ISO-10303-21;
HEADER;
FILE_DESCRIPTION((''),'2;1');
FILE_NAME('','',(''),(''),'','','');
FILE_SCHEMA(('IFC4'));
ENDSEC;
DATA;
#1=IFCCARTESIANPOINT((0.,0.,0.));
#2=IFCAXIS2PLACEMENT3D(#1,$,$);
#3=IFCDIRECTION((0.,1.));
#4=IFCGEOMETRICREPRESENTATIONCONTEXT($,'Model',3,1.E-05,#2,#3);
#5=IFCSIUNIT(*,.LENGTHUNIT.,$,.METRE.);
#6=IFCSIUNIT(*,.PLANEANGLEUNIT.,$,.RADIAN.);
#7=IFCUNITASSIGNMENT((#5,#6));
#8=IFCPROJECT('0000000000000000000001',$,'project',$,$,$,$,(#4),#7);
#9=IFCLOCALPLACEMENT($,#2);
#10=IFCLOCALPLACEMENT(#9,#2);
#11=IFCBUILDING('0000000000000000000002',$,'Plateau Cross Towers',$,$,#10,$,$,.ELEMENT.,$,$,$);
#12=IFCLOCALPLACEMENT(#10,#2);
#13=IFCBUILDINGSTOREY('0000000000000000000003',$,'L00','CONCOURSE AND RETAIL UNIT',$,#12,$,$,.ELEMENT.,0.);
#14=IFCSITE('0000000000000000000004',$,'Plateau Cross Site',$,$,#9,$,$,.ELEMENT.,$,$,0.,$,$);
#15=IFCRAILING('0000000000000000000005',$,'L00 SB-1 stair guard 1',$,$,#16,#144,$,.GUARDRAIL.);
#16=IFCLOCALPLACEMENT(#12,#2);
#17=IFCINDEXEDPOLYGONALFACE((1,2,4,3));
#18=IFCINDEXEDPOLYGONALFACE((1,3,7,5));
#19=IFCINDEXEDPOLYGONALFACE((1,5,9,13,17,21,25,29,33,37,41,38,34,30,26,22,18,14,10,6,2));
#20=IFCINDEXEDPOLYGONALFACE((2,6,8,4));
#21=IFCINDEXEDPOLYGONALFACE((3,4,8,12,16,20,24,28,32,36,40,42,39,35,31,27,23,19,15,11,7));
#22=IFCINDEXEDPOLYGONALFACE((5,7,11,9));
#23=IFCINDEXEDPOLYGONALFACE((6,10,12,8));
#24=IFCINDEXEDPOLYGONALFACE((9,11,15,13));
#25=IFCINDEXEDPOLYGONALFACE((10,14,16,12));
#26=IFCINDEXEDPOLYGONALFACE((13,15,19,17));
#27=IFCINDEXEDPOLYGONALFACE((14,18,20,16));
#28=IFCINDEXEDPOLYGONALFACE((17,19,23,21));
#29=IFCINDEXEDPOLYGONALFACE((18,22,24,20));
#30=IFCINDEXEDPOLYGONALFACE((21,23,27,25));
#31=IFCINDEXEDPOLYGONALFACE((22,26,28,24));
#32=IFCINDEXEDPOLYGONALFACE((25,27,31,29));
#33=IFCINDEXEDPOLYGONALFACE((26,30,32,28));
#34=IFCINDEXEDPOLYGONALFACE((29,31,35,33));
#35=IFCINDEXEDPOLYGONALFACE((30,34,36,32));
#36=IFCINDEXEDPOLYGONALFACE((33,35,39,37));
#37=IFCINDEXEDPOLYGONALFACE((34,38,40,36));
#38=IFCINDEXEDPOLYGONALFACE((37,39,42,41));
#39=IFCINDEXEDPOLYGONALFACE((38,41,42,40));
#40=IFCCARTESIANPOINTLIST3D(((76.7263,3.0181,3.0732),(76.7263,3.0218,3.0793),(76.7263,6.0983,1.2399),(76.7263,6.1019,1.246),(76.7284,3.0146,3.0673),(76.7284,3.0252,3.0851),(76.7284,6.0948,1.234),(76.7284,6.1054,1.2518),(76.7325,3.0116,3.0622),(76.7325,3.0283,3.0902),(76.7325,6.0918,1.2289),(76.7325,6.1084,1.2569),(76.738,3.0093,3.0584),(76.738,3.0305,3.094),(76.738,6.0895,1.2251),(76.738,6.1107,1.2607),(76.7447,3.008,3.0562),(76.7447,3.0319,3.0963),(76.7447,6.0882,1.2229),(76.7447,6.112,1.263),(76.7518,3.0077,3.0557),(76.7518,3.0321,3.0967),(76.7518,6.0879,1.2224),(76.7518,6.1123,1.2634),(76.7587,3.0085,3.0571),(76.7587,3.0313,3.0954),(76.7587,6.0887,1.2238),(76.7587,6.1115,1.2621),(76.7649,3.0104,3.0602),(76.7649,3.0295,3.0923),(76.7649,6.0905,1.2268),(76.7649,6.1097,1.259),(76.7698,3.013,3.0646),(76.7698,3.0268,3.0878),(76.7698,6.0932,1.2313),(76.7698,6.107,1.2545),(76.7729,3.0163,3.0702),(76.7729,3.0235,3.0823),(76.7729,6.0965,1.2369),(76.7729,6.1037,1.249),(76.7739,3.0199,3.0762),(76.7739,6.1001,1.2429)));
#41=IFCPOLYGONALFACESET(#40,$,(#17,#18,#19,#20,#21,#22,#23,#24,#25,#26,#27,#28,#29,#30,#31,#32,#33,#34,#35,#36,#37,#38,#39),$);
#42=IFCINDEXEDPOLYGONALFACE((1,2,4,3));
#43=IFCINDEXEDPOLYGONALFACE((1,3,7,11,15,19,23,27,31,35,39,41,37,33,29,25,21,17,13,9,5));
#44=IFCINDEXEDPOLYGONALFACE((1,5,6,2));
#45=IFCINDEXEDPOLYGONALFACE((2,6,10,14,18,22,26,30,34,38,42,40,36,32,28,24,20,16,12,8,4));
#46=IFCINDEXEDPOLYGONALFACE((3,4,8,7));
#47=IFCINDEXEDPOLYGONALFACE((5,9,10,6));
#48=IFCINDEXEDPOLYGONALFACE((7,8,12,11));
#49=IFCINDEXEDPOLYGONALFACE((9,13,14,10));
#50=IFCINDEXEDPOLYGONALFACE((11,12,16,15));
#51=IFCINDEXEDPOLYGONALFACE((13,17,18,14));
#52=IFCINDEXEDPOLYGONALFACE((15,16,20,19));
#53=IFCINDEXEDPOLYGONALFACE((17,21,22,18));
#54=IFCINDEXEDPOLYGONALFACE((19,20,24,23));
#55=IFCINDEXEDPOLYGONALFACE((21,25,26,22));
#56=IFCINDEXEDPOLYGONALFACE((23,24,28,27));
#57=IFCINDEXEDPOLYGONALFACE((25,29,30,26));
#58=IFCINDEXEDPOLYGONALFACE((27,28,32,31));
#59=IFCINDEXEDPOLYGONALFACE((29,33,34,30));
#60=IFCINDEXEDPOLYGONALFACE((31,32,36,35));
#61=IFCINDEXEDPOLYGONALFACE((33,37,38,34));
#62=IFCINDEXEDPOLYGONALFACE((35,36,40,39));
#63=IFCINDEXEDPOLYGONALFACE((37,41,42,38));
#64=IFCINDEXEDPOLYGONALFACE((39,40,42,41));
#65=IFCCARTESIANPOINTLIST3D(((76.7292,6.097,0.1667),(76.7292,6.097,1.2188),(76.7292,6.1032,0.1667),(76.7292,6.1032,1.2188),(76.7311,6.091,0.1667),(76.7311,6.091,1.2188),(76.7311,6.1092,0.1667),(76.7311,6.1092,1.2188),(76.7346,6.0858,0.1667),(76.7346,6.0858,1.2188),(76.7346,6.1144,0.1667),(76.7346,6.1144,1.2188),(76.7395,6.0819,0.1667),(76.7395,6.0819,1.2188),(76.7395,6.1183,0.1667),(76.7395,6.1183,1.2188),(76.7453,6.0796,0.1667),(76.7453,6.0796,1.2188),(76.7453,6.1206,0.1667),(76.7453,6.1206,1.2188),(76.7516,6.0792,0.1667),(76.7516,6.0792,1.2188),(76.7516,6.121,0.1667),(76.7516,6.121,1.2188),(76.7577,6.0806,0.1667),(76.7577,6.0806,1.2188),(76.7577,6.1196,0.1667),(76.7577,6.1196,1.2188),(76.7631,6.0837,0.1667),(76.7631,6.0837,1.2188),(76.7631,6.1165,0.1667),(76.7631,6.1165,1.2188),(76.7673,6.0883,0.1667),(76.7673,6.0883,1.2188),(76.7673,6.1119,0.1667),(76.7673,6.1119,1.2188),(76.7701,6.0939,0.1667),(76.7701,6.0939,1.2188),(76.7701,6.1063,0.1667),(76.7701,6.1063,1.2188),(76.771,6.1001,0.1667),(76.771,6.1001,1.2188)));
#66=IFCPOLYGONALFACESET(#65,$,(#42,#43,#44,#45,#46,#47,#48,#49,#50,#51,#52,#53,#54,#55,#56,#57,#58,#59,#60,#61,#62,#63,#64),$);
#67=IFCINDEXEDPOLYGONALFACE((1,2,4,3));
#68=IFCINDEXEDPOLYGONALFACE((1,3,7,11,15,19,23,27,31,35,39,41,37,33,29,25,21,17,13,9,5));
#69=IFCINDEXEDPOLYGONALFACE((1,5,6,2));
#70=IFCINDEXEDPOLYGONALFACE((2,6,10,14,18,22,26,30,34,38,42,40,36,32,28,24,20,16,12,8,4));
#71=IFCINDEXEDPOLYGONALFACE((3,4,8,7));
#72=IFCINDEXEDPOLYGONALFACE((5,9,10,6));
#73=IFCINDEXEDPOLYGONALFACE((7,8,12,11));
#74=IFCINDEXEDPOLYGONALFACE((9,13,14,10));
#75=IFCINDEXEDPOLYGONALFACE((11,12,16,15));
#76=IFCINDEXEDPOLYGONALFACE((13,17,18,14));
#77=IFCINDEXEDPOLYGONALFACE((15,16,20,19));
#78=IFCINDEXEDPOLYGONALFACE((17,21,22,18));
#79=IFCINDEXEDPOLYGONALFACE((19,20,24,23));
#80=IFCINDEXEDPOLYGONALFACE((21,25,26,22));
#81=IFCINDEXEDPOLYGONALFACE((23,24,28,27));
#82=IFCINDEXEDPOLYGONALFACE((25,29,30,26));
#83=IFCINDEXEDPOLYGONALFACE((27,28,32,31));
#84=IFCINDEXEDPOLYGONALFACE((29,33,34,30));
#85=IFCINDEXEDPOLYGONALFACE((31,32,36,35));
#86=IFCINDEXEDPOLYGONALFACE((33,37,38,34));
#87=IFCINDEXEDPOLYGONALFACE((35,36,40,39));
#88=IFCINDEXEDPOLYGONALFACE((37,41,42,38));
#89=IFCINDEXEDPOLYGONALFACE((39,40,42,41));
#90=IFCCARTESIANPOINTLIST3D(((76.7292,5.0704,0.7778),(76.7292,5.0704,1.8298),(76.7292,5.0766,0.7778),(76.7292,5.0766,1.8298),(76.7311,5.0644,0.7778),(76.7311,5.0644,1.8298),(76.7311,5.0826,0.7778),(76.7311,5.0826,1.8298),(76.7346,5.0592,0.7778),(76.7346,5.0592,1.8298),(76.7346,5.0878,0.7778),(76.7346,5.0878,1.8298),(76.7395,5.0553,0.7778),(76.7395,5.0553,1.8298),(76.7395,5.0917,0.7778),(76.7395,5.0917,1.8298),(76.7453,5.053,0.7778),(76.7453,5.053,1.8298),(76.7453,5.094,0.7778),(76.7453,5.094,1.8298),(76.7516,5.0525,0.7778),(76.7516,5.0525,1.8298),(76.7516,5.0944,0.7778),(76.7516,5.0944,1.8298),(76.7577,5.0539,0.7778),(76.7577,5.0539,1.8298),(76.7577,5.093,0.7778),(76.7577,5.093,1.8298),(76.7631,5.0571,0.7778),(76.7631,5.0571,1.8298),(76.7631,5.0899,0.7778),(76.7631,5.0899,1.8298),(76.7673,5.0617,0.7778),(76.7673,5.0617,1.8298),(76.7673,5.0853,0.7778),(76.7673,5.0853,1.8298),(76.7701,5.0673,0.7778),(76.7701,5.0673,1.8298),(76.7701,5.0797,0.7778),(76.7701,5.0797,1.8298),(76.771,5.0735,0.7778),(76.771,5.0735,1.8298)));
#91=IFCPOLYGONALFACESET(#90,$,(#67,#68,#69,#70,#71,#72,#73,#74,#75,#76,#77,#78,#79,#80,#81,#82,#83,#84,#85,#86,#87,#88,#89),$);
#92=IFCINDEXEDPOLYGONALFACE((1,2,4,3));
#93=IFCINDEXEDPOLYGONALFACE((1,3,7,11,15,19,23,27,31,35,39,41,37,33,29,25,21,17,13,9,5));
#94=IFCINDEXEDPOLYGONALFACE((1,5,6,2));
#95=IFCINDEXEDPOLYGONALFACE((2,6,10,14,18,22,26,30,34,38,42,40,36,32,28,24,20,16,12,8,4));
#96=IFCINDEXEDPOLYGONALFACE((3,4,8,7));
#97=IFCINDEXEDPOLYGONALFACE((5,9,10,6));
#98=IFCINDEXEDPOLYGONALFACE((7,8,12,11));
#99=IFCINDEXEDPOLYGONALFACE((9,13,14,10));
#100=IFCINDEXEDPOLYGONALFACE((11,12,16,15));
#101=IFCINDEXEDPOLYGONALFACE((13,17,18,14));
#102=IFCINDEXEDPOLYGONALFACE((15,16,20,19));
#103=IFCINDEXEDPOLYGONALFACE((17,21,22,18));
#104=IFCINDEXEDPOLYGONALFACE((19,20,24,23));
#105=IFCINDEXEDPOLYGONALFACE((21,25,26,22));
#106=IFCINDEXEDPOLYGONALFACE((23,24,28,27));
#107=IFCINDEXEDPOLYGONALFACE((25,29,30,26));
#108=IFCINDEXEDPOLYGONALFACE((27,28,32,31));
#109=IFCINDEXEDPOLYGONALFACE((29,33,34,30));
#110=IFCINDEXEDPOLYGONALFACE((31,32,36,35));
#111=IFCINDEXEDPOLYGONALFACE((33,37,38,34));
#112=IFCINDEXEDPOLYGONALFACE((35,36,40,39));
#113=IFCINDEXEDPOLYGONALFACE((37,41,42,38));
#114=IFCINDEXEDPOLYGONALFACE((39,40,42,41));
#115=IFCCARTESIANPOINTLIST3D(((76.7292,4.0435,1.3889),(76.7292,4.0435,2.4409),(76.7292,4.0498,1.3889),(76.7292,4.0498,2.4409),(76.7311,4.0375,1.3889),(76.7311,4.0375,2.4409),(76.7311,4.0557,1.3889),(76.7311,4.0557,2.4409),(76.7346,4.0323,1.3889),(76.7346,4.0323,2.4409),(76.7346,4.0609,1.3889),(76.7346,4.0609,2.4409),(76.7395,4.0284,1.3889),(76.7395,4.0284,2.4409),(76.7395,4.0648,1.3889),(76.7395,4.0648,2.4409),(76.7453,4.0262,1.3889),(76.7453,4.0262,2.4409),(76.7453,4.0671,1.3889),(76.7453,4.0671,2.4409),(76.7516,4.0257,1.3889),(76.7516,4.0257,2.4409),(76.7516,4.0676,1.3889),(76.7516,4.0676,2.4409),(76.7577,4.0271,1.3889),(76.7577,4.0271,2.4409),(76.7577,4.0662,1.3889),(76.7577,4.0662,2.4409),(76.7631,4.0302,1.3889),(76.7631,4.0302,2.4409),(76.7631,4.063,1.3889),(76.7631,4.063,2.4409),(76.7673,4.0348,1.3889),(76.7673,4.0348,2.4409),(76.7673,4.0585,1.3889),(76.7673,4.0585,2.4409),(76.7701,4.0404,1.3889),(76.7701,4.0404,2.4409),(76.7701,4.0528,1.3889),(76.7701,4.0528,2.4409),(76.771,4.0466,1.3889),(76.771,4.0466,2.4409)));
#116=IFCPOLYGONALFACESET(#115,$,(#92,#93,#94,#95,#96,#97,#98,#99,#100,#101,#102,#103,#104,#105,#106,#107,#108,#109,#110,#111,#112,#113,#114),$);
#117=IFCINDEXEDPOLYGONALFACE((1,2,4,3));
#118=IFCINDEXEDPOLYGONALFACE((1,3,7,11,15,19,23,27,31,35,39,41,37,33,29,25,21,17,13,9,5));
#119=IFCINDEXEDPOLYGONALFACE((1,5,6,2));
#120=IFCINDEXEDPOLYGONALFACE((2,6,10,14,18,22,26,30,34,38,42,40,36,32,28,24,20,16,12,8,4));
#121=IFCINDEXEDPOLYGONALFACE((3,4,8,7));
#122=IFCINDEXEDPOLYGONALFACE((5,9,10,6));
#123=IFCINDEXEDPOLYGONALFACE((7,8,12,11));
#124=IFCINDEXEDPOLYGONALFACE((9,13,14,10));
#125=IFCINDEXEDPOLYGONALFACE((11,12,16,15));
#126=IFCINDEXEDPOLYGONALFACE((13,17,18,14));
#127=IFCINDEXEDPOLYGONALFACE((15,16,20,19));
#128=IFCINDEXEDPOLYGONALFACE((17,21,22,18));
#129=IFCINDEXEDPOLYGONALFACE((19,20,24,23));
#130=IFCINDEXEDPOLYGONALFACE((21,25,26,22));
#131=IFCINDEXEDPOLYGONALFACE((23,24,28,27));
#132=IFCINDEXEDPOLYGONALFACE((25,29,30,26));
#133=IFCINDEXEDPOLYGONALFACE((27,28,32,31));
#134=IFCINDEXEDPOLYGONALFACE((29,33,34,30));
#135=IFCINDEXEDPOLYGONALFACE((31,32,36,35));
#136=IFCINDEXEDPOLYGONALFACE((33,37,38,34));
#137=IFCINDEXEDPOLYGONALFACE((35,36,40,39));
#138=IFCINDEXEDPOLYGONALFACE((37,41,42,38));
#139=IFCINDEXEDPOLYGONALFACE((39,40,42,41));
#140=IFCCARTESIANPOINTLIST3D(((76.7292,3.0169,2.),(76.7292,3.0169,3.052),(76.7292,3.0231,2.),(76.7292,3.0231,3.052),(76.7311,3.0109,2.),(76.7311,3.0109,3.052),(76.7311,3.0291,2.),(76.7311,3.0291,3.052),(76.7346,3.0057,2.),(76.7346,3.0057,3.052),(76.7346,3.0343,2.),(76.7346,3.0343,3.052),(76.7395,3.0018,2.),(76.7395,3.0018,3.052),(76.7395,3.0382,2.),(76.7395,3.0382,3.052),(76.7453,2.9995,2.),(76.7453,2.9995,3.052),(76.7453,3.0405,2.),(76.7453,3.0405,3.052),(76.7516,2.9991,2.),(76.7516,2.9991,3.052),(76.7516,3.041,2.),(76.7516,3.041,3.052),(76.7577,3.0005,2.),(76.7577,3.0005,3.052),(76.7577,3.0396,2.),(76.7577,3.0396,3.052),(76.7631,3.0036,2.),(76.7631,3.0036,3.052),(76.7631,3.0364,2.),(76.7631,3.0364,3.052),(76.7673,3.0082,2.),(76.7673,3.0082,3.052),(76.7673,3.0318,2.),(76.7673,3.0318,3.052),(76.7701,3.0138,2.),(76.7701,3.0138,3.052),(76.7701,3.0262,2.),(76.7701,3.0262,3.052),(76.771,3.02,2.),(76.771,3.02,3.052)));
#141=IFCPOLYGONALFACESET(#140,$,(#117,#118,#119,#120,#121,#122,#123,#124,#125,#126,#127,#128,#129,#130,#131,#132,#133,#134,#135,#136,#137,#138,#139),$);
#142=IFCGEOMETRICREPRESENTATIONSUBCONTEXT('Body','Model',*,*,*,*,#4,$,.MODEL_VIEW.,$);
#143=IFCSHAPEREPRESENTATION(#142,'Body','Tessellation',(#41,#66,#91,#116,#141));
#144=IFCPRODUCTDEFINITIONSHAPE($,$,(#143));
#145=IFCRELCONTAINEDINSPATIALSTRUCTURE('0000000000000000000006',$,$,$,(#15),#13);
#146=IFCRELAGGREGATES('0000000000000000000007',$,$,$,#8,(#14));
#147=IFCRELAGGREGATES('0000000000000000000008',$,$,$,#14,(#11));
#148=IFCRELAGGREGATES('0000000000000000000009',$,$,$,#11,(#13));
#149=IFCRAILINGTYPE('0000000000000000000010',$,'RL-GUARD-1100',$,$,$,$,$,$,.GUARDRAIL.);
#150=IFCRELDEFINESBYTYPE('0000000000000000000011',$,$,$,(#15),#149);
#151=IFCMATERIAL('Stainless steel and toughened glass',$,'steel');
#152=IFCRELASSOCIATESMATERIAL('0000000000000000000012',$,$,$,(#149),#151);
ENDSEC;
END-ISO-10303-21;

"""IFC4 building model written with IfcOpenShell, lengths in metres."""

from ifc_helpers import new_model, si_unit, direction, frame, origin, origin_2d, place, context, subcontext, project, spatial, circle, extrude, material, type_object, element, save


model = new_model("IFC4")

# Units and contexts
model_context = context("Model", 3, precision=1e-05, world=origin(), true_north=direction((0.0, 1.0)))
body_context = subcontext(model_context, "Body", "Model", "MODEL_VIEW")
ifc_project = project(units=[si_unit("LENGTHUNIT", "METRE"), si_unit("PLANEANGLEUNIT", "RADIAN")], contexts=[model_context])

# Site, building, storey
site_placement = place(None, origin())
site = spatial("IfcSite", under=ifc_project, at=site_placement, Name="Plateau Cross Site", CompositionType="ELEMENT", RefElevation=0.0)
building_placement = place(site_placement, origin())
building = spatial("IfcBuilding", under=site, at=building_placement, Name="Plateau Cross Towers", CompositionType="ELEMENT")
storey_placement = place(building_placement, origin())
storey = spatial("IfcBuildingStorey", under=building, at=storey_placement, Name="L00", Description="CONCOURSE AND RETAIL UNIT", CompositionType="ELEMENT", Elevation=0.0)

# Railing
ifc_material_1 = material(Name="Stainless steel and toughened glass", Category="steel")
railing_type_1 = type_object("IfcRailingType", Name="RL-GUARD-1100", PredefinedType="GUARDRAIL", material=ifc_material_1)
railing_1_placement = place(storey_placement, frame((76.75, 6.1001, 0.1667)))
element("IfcRailing", 1, at=railing_1_placement, inside=storey, type_object=railing_type_1, Name="L00 SB-1 stair guard 1", PredefinedType="GUARDRAIL", context=body_context, shape_type="SweptSolid", body=[
    extrude(circle(Radius=0.0239, at=origin_2d()), frame((0.0, 0.0, 1.0762), z_axis=(0.0, -0.859309, 0.511458), x_axis=(1.0, 0.0, 0.0)), (0.0, 0.0, 1.0), 3.5845),
    extrude(circle(Radius=0.021, at=origin_2d()), origin(), (0.0, 0.0, 1.0), 1.052),
    extrude(circle(Radius=0.021, at=origin_2d()), frame((0.0, -1.0266, 0.6111)), (0.0, 0.0, 1.0), 1.052),
    extrude(circle(Radius=0.021, at=origin_2d()), frame((0.0, -2.0535, 1.2222)), (0.0, 0.0, 1.0), 1.052),
    extrude(circle(Radius=0.021, at=origin_2d()), frame((0.0, -3.0801, 1.8333)), (0.0, 0.0, 1.0), 1.052),
])

save(model, "model.ifc")
